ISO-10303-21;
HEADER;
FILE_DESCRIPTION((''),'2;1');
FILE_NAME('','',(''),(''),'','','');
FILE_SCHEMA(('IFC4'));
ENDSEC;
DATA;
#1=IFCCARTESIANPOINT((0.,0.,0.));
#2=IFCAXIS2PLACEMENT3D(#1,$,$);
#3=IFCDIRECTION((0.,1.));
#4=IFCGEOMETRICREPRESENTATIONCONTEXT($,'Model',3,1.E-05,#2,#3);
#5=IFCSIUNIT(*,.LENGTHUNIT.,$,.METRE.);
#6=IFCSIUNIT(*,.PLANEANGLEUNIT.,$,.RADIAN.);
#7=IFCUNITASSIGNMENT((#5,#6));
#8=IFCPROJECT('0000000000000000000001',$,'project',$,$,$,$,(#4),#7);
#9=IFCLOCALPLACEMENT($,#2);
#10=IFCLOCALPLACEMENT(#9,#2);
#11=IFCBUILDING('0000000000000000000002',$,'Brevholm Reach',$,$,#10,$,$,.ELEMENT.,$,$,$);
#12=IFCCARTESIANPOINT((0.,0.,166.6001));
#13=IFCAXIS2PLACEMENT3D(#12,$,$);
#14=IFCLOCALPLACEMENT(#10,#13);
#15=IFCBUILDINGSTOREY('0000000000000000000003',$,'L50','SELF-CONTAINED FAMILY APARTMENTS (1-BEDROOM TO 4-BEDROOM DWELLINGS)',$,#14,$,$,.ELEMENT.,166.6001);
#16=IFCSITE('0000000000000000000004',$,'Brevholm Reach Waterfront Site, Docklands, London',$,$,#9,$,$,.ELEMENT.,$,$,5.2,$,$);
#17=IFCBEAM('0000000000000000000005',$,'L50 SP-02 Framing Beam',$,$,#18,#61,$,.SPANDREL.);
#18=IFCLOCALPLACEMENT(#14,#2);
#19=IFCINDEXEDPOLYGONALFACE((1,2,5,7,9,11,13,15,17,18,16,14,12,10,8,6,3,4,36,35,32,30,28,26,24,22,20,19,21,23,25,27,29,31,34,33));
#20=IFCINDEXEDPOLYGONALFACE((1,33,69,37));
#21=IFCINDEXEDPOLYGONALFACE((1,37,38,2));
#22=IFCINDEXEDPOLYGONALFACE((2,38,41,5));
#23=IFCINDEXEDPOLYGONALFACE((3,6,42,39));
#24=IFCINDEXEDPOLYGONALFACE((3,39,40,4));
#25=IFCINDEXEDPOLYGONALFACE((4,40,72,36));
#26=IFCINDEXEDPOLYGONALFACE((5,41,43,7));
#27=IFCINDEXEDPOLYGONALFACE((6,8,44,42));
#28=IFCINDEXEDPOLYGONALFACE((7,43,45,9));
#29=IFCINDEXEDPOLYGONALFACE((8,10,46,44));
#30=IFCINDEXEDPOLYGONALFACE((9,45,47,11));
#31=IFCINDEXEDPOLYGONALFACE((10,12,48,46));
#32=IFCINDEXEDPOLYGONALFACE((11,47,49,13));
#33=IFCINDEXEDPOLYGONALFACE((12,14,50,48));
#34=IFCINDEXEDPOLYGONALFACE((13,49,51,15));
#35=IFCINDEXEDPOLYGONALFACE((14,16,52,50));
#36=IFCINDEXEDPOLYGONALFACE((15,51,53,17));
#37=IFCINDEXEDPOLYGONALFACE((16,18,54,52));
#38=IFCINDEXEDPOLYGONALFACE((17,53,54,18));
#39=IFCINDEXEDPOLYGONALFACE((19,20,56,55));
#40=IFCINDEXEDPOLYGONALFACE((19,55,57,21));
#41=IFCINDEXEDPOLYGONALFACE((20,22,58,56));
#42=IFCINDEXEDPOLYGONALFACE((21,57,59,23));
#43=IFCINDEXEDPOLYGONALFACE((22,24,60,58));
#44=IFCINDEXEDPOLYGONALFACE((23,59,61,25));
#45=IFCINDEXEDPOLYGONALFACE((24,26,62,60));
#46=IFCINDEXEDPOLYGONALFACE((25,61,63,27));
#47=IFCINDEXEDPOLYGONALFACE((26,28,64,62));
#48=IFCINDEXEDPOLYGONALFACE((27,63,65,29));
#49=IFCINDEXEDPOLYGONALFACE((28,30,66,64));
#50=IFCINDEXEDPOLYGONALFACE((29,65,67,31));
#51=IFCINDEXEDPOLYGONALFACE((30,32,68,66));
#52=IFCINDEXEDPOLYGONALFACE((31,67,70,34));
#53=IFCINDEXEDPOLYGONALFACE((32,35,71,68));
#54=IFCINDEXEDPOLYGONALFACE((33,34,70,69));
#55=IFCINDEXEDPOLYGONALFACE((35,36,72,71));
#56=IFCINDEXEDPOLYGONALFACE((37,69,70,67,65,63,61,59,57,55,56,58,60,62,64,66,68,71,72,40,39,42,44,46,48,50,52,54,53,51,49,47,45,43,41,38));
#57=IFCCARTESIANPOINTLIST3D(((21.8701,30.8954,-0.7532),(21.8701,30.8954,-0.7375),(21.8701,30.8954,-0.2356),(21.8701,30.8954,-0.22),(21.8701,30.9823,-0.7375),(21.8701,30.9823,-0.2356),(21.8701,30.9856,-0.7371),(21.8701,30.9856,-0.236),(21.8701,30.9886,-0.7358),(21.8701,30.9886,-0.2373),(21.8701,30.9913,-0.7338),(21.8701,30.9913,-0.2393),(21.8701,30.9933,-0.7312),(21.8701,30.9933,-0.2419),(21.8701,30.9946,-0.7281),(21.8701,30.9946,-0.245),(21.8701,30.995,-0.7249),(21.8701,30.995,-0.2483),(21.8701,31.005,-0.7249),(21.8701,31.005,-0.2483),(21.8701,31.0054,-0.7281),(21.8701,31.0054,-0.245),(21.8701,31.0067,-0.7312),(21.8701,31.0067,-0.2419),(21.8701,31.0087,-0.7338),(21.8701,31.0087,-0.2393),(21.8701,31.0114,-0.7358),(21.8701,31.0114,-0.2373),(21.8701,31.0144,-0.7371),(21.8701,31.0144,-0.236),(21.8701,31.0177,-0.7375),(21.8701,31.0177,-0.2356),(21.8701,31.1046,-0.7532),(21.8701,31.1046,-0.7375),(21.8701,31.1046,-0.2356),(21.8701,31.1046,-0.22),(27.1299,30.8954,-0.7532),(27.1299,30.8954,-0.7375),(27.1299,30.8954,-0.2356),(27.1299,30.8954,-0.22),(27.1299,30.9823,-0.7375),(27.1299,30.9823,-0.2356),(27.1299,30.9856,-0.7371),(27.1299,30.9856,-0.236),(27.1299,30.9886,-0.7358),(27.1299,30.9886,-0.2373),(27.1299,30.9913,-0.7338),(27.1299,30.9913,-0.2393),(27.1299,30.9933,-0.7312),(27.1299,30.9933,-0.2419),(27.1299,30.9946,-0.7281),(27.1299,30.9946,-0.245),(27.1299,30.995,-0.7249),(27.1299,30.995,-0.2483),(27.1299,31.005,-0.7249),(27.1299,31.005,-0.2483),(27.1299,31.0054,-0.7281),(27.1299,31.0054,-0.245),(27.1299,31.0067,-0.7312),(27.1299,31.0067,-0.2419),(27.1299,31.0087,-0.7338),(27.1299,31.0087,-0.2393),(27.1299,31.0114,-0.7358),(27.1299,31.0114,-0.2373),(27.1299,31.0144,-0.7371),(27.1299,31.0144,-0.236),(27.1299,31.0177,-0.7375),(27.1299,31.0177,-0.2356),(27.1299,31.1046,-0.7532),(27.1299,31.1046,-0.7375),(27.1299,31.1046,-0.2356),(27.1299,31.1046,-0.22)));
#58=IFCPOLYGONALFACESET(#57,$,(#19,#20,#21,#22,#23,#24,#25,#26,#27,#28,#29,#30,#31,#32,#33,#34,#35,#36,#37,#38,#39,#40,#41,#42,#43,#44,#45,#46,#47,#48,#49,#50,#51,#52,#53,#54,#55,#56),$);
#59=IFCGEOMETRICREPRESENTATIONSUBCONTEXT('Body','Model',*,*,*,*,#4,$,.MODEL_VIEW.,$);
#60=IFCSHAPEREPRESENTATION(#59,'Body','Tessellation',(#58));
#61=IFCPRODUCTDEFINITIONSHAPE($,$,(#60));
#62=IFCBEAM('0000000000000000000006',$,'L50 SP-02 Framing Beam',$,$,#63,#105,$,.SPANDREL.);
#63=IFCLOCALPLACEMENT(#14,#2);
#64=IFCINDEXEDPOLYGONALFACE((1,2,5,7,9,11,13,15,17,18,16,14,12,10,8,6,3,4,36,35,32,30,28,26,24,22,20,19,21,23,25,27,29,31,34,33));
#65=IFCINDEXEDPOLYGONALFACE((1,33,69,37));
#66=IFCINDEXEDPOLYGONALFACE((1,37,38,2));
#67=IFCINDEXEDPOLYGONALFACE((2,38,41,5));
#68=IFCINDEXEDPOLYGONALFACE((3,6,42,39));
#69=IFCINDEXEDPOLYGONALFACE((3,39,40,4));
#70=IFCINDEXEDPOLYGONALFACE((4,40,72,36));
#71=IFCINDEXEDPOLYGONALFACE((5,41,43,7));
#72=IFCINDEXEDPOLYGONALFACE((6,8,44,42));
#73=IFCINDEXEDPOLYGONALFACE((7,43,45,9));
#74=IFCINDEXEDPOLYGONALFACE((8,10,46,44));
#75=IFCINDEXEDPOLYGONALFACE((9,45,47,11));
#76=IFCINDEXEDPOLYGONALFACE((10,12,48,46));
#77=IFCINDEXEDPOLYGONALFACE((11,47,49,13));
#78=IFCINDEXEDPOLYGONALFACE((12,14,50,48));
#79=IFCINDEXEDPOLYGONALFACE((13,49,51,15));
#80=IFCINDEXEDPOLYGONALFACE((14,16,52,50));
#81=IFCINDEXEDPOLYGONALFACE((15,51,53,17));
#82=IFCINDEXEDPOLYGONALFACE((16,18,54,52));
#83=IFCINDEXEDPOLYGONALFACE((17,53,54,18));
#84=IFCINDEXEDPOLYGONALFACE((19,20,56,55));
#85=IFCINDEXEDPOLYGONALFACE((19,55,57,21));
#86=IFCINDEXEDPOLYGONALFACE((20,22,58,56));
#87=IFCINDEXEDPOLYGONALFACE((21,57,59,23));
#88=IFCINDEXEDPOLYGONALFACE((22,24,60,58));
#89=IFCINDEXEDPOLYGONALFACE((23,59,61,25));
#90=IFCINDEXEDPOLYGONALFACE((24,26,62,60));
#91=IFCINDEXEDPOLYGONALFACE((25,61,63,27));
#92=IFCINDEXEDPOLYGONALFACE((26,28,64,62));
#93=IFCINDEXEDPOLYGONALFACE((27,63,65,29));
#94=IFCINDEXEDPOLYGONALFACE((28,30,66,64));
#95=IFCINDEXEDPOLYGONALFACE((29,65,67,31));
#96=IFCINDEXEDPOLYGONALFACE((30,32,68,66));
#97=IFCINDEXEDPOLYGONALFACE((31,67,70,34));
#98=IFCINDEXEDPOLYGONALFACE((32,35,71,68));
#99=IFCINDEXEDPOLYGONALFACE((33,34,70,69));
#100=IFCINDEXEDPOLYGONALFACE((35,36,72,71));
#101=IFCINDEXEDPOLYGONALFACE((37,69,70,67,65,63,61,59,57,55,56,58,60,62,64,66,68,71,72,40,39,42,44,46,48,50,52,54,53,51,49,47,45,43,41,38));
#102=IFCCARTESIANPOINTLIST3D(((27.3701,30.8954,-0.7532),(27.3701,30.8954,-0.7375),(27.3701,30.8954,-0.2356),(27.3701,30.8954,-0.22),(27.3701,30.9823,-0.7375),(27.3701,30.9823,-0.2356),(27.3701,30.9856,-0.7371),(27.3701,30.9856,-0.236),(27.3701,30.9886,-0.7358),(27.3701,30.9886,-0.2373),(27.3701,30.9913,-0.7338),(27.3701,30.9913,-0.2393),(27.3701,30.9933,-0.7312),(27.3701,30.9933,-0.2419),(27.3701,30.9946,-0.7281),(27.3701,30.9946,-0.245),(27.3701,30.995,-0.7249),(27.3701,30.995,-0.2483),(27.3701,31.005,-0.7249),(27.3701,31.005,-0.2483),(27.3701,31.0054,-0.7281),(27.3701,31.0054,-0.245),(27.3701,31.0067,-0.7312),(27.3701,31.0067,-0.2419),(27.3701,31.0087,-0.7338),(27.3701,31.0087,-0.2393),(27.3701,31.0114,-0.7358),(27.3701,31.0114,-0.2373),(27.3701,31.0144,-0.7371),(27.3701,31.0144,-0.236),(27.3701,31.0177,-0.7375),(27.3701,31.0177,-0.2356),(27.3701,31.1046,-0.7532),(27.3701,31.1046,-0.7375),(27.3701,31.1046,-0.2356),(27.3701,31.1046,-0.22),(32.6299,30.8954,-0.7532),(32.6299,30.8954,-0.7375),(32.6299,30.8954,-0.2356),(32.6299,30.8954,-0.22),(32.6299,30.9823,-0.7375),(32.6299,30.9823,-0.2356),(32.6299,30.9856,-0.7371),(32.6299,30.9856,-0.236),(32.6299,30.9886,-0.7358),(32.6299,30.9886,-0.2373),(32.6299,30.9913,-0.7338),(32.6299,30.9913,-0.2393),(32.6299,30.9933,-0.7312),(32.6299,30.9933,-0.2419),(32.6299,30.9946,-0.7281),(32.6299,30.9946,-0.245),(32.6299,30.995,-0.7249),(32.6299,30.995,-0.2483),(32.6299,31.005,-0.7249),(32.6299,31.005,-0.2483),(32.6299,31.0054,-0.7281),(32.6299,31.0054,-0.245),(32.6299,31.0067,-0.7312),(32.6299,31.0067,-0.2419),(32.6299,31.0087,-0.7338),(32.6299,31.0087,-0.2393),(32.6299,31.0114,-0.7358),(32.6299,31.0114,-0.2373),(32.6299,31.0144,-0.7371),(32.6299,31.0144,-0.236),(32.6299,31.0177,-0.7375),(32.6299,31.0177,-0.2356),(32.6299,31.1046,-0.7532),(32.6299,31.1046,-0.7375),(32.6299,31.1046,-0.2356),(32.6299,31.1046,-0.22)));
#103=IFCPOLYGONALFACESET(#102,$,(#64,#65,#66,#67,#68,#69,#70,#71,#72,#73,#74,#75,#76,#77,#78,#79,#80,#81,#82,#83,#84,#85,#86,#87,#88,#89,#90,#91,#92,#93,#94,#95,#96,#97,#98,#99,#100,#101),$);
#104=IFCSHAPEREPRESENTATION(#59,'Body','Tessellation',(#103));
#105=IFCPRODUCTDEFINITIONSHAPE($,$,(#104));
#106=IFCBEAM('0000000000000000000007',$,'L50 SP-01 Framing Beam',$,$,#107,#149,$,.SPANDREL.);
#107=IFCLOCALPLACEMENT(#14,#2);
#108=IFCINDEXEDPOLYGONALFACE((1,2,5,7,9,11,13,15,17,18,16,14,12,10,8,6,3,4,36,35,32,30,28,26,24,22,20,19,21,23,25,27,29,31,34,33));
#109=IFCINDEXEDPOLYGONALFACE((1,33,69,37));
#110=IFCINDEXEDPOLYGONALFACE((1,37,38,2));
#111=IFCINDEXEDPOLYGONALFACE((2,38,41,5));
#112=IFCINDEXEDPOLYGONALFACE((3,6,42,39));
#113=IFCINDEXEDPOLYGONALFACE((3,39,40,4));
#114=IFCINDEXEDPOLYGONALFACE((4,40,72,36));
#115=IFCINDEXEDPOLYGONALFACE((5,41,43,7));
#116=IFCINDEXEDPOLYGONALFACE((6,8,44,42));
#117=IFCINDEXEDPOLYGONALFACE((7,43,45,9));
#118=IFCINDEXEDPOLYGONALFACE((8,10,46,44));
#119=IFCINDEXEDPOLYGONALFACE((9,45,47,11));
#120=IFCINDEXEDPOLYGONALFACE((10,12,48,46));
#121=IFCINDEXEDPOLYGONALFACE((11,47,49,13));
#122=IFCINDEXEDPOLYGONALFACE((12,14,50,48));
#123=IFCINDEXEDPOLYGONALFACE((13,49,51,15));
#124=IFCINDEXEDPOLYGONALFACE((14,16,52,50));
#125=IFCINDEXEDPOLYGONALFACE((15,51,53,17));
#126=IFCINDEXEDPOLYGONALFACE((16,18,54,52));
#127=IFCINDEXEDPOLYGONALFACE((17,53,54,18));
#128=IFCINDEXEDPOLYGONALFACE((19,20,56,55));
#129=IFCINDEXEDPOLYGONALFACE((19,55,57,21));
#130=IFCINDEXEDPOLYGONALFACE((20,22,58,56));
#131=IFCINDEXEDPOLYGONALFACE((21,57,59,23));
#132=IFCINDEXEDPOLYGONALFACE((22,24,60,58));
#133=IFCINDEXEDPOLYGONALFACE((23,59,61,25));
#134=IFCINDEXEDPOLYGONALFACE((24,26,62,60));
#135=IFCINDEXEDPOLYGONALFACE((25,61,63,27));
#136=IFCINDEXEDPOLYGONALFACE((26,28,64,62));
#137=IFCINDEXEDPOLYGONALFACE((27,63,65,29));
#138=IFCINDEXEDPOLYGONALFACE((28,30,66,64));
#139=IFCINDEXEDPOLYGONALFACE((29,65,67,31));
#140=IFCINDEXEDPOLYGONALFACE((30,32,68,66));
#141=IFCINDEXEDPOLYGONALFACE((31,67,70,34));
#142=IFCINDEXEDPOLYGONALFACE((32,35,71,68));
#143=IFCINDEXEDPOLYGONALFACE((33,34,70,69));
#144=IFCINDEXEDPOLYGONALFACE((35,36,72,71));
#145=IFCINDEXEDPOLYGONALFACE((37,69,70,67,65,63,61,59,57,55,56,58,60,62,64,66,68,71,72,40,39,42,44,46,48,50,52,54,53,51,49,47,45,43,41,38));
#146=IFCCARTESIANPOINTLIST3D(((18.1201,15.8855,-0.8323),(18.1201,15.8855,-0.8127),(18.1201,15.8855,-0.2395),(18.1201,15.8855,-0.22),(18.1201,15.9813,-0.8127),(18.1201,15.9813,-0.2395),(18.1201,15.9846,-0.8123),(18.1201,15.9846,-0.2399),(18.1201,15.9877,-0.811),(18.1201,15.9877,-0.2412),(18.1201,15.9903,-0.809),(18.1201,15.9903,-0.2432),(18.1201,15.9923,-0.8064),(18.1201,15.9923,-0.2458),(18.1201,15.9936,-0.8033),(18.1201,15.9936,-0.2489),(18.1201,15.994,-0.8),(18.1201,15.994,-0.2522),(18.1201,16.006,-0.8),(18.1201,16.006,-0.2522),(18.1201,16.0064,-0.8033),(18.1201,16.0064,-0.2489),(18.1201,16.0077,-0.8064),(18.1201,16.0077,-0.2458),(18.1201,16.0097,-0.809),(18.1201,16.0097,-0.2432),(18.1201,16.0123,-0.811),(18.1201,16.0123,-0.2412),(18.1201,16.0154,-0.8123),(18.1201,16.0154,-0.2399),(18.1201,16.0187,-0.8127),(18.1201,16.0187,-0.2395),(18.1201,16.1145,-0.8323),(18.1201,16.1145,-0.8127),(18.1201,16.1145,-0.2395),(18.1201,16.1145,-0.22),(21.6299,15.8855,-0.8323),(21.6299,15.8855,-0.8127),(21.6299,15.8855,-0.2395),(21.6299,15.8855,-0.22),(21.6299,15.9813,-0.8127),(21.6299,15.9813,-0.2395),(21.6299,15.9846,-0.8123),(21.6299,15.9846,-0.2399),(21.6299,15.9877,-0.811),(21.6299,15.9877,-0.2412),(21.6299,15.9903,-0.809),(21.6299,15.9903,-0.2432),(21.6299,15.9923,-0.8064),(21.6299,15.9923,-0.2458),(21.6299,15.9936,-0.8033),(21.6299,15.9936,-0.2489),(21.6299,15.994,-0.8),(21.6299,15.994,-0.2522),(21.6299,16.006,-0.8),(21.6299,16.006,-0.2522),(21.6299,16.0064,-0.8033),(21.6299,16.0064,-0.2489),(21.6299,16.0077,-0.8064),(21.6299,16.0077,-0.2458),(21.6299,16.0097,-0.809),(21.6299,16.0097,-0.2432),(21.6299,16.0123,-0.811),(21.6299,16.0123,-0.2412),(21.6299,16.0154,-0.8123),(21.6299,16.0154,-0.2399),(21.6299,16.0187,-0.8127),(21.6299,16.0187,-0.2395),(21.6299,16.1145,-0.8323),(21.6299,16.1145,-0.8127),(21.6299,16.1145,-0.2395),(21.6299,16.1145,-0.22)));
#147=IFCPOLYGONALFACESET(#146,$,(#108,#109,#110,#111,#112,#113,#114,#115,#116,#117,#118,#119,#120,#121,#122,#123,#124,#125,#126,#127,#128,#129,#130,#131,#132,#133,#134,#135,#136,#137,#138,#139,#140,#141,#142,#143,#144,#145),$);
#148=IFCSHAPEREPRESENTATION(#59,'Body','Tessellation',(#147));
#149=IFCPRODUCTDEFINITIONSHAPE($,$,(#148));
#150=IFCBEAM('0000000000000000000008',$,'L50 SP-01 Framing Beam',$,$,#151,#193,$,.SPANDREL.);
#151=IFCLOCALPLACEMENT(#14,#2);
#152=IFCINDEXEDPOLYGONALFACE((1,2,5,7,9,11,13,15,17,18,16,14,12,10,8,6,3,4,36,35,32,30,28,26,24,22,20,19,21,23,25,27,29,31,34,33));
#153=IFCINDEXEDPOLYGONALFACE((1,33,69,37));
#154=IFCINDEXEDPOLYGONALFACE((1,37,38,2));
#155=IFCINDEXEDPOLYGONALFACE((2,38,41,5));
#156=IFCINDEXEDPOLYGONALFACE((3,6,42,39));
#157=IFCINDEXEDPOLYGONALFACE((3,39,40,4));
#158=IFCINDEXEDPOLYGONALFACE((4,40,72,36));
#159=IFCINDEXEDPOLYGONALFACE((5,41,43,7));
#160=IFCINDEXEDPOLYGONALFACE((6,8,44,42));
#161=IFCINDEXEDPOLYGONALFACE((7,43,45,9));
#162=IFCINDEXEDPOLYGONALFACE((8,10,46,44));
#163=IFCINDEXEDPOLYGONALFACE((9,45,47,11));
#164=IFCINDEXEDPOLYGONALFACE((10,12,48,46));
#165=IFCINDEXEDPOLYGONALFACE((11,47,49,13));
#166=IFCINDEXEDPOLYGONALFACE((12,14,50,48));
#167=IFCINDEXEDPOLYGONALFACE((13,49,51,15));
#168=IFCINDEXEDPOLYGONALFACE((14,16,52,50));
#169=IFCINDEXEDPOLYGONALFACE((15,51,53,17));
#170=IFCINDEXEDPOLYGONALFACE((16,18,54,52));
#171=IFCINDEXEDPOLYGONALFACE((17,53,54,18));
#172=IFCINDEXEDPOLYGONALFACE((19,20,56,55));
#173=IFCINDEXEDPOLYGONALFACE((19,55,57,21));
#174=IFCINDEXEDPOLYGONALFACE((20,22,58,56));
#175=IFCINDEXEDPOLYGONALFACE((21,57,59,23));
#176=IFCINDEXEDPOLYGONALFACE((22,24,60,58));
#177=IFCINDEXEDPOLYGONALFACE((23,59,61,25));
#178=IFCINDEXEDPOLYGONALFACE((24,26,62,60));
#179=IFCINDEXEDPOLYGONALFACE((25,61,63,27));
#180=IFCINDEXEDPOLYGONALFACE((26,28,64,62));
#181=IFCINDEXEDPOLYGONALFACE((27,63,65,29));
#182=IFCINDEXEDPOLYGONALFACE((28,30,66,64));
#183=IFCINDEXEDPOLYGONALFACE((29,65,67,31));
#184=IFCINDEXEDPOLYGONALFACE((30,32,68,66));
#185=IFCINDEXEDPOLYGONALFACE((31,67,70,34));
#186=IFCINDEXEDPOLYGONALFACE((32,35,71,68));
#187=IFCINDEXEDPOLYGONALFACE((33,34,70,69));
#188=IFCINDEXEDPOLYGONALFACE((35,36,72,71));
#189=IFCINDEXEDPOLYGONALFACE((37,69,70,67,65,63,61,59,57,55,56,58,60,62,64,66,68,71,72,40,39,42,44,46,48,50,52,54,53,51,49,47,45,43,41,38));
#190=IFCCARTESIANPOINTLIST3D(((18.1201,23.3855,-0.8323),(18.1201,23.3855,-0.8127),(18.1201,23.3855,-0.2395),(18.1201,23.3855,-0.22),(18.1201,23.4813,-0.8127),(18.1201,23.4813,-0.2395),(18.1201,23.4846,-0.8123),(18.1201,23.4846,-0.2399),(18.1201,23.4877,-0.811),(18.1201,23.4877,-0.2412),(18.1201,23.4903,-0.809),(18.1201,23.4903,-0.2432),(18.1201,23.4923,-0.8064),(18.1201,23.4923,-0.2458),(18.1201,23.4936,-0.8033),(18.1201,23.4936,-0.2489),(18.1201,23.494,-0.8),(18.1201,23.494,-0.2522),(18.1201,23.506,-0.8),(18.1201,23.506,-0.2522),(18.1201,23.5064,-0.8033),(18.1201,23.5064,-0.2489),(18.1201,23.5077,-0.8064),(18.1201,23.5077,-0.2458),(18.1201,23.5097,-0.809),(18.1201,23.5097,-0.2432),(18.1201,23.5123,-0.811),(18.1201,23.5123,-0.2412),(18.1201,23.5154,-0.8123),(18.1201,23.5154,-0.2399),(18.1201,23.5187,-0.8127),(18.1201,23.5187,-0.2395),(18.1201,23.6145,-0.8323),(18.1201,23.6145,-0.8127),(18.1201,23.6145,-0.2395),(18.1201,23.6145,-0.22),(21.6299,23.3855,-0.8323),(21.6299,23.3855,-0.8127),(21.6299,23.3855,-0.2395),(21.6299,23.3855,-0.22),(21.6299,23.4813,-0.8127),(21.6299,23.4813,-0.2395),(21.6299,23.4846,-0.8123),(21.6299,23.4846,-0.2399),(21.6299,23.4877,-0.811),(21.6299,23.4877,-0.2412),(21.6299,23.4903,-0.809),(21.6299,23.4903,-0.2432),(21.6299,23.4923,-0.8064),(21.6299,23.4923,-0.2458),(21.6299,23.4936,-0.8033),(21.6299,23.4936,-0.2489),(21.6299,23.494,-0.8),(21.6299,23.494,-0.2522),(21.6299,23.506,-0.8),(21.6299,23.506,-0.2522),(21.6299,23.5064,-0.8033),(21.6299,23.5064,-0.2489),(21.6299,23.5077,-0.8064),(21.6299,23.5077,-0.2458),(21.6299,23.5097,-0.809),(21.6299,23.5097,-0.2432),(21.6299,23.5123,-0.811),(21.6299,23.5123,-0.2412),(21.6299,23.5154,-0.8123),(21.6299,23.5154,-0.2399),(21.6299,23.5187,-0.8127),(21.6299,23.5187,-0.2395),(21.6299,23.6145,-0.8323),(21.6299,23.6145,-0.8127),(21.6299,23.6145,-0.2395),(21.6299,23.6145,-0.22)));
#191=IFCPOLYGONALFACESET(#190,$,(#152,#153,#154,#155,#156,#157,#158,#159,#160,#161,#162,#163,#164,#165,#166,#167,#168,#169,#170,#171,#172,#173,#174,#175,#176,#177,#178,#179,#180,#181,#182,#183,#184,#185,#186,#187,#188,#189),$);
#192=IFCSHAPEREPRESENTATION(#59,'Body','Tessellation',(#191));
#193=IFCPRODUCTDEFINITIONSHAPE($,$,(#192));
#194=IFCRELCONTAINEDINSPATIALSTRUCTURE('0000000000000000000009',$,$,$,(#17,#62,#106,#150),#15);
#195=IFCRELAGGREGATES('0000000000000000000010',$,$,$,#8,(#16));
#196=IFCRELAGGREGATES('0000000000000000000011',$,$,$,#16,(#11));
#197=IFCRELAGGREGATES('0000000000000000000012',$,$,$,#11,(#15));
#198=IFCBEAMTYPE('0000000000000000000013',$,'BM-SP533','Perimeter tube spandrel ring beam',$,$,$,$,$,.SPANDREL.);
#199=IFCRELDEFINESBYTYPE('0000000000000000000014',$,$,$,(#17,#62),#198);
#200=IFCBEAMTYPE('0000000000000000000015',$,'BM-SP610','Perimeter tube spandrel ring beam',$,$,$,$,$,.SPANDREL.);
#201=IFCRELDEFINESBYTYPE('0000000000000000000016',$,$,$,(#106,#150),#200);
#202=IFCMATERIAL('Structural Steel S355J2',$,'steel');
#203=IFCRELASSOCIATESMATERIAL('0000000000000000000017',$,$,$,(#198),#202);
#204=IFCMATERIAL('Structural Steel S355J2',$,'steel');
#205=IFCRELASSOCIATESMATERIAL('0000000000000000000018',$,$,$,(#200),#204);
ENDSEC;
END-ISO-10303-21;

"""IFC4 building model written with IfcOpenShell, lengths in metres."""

from ifc_helpers import new_model, si_unit, direction, frame, origin, origin_2d, place, context, subcontext, project, spatial, i_section, extrude, material, material_profile, profile_set, type_object, element, save


model = new_model("IFC4")

# Units and contexts
model_context = context("Model", 3, precision=1e-05, world=origin(), true_north=direction((0.0, 1.0)))
body_context = subcontext(model_context, "Body", "Model", "MODEL_VIEW")
ifc_project = project(units=[si_unit("LENGTHUNIT", "METRE"), si_unit("PLANEANGLEUNIT", "RADIAN")], contexts=[model_context])

# Site, building, storey
site_placement = place(None, origin())
site = spatial("IfcSite", under=ifc_project, at=site_placement, Name="Brevholm Reach Waterfront Site, Docklands, London", CompositionType="ELEMENT", RefElevation=5.2)
building_placement = place(site_placement, origin())
building = spatial("IfcBuilding", under=site, at=building_placement, Name="Brevholm Reach", CompositionType="ELEMENT")
storey_placement = place(building_placement, frame((0.0, 0.0, 166.6001)))
storey = spatial("IfcBuildingStorey", under=building, at=storey_placement, Name="L50", Description="SELF-CONTAINED FAMILY APARTMENTS (1-BEDROOM TO 4-BEDROOM DWELLINGS)", CompositionType="ELEMENT", Elevation=166.6001)

# Beams
ifc_material_1 = material(Name="Structural Steel S355J2", Category="steel")
ifc_material_profile_1 = material_profile(ifc_material_1, i_section(OverallWidth=0.2092, OverallDepth=0.5332, WebThickness=0.01, FlangeThickness=0.0156, FilletRadius=0.0127, at=origin_2d()), Name="UKB 533x210x92")
ifc_profile_set_1 = profile_set([ifc_material_profile_1], Name="Structural Steel S355J2")
beam_type_1 = type_object("IfcBeamType", Name="BM-SP533", Description="Perimeter tube spandrel ring beam", PredefinedType="SPANDREL", material=ifc_profile_set_1)
for number, where, z_axis, x_axis, name in (
    (1, (21.8701, 31.0, -0.4866), (1.0, 0.0, 0.0), (0.0, 1.0, 0.0), "L50 SP-02 Framing Beam"),
    (2, (27.3701, 31.0, -0.4866), (1.0, 0.0, 0.0), (0.0, 1.0, 0.0), "L50 SP-02 Framing Beam"),
):
    element("IfcBeam", number, at=place(storey_placement, frame(where, z_axis=z_axis, x_axis=x_axis)), inside=storey, type_object=beam_type_1, Name=name, PredefinedType="SPANDREL", context=body_context, shape_type="SweptSolid", body=[
        extrude(i_section(OverallWidth=0.2092, OverallDepth=0.5332, WebThickness=0.01, FlangeThickness=0.0156, FilletRadius=0.0127, at=origin_2d()), origin(), (0.0, 0.0, 1.0), 5.2598),
    ])
ifc_material_2 = material(Name="Structural Steel S355J2", Category="steel")
ifc_material_profile_2 = material_profile(ifc_material_2, i_section(OverallWidth=0.229, OverallDepth=0.6123, WebThickness=0.012, FlangeThickness=0.0195, FilletRadius=0.0127, at=origin_2d()), Name="UKB 610x229x125")
ifc_profile_set_2 = profile_set([ifc_material_profile_2], Name="Structural Steel S355J2")
beam_type_2 = type_object("IfcBeamType", Name="BM-SP610", Description="Perimeter tube spandrel ring beam", PredefinedType="SPANDREL", material=ifc_profile_set_2)
for number, where, z_axis, x_axis, name in (
    (3, (18.1201, 16.0, -0.5261), (1.0, 0.0, 0.0), (0.0, 1.0, 0.0), "L50 SP-01 Framing Beam"),
    (4, (18.1201, 23.5, -0.5261), (1.0, 0.0, 0.0), (0.0, 1.0, 0.0), "L50 SP-01 Framing Beam"),
):
    element("IfcBeam", number, at=place(storey_placement, frame(where, z_axis=z_axis, x_axis=x_axis)), inside=storey, type_object=beam_type_2, Name=name, PredefinedType="SPANDREL", context=body_context, shape_type="SweptSolid", body=[
        extrude(i_section(OverallWidth=0.229, OverallDepth=0.6123, WebThickness=0.012, FlangeThickness=0.0195, FilletRadius=0.0127, at=origin_2d()), origin(), (0.0, 0.0, 1.0), 3.5098),
    ])

save(model, "model.ifc")
